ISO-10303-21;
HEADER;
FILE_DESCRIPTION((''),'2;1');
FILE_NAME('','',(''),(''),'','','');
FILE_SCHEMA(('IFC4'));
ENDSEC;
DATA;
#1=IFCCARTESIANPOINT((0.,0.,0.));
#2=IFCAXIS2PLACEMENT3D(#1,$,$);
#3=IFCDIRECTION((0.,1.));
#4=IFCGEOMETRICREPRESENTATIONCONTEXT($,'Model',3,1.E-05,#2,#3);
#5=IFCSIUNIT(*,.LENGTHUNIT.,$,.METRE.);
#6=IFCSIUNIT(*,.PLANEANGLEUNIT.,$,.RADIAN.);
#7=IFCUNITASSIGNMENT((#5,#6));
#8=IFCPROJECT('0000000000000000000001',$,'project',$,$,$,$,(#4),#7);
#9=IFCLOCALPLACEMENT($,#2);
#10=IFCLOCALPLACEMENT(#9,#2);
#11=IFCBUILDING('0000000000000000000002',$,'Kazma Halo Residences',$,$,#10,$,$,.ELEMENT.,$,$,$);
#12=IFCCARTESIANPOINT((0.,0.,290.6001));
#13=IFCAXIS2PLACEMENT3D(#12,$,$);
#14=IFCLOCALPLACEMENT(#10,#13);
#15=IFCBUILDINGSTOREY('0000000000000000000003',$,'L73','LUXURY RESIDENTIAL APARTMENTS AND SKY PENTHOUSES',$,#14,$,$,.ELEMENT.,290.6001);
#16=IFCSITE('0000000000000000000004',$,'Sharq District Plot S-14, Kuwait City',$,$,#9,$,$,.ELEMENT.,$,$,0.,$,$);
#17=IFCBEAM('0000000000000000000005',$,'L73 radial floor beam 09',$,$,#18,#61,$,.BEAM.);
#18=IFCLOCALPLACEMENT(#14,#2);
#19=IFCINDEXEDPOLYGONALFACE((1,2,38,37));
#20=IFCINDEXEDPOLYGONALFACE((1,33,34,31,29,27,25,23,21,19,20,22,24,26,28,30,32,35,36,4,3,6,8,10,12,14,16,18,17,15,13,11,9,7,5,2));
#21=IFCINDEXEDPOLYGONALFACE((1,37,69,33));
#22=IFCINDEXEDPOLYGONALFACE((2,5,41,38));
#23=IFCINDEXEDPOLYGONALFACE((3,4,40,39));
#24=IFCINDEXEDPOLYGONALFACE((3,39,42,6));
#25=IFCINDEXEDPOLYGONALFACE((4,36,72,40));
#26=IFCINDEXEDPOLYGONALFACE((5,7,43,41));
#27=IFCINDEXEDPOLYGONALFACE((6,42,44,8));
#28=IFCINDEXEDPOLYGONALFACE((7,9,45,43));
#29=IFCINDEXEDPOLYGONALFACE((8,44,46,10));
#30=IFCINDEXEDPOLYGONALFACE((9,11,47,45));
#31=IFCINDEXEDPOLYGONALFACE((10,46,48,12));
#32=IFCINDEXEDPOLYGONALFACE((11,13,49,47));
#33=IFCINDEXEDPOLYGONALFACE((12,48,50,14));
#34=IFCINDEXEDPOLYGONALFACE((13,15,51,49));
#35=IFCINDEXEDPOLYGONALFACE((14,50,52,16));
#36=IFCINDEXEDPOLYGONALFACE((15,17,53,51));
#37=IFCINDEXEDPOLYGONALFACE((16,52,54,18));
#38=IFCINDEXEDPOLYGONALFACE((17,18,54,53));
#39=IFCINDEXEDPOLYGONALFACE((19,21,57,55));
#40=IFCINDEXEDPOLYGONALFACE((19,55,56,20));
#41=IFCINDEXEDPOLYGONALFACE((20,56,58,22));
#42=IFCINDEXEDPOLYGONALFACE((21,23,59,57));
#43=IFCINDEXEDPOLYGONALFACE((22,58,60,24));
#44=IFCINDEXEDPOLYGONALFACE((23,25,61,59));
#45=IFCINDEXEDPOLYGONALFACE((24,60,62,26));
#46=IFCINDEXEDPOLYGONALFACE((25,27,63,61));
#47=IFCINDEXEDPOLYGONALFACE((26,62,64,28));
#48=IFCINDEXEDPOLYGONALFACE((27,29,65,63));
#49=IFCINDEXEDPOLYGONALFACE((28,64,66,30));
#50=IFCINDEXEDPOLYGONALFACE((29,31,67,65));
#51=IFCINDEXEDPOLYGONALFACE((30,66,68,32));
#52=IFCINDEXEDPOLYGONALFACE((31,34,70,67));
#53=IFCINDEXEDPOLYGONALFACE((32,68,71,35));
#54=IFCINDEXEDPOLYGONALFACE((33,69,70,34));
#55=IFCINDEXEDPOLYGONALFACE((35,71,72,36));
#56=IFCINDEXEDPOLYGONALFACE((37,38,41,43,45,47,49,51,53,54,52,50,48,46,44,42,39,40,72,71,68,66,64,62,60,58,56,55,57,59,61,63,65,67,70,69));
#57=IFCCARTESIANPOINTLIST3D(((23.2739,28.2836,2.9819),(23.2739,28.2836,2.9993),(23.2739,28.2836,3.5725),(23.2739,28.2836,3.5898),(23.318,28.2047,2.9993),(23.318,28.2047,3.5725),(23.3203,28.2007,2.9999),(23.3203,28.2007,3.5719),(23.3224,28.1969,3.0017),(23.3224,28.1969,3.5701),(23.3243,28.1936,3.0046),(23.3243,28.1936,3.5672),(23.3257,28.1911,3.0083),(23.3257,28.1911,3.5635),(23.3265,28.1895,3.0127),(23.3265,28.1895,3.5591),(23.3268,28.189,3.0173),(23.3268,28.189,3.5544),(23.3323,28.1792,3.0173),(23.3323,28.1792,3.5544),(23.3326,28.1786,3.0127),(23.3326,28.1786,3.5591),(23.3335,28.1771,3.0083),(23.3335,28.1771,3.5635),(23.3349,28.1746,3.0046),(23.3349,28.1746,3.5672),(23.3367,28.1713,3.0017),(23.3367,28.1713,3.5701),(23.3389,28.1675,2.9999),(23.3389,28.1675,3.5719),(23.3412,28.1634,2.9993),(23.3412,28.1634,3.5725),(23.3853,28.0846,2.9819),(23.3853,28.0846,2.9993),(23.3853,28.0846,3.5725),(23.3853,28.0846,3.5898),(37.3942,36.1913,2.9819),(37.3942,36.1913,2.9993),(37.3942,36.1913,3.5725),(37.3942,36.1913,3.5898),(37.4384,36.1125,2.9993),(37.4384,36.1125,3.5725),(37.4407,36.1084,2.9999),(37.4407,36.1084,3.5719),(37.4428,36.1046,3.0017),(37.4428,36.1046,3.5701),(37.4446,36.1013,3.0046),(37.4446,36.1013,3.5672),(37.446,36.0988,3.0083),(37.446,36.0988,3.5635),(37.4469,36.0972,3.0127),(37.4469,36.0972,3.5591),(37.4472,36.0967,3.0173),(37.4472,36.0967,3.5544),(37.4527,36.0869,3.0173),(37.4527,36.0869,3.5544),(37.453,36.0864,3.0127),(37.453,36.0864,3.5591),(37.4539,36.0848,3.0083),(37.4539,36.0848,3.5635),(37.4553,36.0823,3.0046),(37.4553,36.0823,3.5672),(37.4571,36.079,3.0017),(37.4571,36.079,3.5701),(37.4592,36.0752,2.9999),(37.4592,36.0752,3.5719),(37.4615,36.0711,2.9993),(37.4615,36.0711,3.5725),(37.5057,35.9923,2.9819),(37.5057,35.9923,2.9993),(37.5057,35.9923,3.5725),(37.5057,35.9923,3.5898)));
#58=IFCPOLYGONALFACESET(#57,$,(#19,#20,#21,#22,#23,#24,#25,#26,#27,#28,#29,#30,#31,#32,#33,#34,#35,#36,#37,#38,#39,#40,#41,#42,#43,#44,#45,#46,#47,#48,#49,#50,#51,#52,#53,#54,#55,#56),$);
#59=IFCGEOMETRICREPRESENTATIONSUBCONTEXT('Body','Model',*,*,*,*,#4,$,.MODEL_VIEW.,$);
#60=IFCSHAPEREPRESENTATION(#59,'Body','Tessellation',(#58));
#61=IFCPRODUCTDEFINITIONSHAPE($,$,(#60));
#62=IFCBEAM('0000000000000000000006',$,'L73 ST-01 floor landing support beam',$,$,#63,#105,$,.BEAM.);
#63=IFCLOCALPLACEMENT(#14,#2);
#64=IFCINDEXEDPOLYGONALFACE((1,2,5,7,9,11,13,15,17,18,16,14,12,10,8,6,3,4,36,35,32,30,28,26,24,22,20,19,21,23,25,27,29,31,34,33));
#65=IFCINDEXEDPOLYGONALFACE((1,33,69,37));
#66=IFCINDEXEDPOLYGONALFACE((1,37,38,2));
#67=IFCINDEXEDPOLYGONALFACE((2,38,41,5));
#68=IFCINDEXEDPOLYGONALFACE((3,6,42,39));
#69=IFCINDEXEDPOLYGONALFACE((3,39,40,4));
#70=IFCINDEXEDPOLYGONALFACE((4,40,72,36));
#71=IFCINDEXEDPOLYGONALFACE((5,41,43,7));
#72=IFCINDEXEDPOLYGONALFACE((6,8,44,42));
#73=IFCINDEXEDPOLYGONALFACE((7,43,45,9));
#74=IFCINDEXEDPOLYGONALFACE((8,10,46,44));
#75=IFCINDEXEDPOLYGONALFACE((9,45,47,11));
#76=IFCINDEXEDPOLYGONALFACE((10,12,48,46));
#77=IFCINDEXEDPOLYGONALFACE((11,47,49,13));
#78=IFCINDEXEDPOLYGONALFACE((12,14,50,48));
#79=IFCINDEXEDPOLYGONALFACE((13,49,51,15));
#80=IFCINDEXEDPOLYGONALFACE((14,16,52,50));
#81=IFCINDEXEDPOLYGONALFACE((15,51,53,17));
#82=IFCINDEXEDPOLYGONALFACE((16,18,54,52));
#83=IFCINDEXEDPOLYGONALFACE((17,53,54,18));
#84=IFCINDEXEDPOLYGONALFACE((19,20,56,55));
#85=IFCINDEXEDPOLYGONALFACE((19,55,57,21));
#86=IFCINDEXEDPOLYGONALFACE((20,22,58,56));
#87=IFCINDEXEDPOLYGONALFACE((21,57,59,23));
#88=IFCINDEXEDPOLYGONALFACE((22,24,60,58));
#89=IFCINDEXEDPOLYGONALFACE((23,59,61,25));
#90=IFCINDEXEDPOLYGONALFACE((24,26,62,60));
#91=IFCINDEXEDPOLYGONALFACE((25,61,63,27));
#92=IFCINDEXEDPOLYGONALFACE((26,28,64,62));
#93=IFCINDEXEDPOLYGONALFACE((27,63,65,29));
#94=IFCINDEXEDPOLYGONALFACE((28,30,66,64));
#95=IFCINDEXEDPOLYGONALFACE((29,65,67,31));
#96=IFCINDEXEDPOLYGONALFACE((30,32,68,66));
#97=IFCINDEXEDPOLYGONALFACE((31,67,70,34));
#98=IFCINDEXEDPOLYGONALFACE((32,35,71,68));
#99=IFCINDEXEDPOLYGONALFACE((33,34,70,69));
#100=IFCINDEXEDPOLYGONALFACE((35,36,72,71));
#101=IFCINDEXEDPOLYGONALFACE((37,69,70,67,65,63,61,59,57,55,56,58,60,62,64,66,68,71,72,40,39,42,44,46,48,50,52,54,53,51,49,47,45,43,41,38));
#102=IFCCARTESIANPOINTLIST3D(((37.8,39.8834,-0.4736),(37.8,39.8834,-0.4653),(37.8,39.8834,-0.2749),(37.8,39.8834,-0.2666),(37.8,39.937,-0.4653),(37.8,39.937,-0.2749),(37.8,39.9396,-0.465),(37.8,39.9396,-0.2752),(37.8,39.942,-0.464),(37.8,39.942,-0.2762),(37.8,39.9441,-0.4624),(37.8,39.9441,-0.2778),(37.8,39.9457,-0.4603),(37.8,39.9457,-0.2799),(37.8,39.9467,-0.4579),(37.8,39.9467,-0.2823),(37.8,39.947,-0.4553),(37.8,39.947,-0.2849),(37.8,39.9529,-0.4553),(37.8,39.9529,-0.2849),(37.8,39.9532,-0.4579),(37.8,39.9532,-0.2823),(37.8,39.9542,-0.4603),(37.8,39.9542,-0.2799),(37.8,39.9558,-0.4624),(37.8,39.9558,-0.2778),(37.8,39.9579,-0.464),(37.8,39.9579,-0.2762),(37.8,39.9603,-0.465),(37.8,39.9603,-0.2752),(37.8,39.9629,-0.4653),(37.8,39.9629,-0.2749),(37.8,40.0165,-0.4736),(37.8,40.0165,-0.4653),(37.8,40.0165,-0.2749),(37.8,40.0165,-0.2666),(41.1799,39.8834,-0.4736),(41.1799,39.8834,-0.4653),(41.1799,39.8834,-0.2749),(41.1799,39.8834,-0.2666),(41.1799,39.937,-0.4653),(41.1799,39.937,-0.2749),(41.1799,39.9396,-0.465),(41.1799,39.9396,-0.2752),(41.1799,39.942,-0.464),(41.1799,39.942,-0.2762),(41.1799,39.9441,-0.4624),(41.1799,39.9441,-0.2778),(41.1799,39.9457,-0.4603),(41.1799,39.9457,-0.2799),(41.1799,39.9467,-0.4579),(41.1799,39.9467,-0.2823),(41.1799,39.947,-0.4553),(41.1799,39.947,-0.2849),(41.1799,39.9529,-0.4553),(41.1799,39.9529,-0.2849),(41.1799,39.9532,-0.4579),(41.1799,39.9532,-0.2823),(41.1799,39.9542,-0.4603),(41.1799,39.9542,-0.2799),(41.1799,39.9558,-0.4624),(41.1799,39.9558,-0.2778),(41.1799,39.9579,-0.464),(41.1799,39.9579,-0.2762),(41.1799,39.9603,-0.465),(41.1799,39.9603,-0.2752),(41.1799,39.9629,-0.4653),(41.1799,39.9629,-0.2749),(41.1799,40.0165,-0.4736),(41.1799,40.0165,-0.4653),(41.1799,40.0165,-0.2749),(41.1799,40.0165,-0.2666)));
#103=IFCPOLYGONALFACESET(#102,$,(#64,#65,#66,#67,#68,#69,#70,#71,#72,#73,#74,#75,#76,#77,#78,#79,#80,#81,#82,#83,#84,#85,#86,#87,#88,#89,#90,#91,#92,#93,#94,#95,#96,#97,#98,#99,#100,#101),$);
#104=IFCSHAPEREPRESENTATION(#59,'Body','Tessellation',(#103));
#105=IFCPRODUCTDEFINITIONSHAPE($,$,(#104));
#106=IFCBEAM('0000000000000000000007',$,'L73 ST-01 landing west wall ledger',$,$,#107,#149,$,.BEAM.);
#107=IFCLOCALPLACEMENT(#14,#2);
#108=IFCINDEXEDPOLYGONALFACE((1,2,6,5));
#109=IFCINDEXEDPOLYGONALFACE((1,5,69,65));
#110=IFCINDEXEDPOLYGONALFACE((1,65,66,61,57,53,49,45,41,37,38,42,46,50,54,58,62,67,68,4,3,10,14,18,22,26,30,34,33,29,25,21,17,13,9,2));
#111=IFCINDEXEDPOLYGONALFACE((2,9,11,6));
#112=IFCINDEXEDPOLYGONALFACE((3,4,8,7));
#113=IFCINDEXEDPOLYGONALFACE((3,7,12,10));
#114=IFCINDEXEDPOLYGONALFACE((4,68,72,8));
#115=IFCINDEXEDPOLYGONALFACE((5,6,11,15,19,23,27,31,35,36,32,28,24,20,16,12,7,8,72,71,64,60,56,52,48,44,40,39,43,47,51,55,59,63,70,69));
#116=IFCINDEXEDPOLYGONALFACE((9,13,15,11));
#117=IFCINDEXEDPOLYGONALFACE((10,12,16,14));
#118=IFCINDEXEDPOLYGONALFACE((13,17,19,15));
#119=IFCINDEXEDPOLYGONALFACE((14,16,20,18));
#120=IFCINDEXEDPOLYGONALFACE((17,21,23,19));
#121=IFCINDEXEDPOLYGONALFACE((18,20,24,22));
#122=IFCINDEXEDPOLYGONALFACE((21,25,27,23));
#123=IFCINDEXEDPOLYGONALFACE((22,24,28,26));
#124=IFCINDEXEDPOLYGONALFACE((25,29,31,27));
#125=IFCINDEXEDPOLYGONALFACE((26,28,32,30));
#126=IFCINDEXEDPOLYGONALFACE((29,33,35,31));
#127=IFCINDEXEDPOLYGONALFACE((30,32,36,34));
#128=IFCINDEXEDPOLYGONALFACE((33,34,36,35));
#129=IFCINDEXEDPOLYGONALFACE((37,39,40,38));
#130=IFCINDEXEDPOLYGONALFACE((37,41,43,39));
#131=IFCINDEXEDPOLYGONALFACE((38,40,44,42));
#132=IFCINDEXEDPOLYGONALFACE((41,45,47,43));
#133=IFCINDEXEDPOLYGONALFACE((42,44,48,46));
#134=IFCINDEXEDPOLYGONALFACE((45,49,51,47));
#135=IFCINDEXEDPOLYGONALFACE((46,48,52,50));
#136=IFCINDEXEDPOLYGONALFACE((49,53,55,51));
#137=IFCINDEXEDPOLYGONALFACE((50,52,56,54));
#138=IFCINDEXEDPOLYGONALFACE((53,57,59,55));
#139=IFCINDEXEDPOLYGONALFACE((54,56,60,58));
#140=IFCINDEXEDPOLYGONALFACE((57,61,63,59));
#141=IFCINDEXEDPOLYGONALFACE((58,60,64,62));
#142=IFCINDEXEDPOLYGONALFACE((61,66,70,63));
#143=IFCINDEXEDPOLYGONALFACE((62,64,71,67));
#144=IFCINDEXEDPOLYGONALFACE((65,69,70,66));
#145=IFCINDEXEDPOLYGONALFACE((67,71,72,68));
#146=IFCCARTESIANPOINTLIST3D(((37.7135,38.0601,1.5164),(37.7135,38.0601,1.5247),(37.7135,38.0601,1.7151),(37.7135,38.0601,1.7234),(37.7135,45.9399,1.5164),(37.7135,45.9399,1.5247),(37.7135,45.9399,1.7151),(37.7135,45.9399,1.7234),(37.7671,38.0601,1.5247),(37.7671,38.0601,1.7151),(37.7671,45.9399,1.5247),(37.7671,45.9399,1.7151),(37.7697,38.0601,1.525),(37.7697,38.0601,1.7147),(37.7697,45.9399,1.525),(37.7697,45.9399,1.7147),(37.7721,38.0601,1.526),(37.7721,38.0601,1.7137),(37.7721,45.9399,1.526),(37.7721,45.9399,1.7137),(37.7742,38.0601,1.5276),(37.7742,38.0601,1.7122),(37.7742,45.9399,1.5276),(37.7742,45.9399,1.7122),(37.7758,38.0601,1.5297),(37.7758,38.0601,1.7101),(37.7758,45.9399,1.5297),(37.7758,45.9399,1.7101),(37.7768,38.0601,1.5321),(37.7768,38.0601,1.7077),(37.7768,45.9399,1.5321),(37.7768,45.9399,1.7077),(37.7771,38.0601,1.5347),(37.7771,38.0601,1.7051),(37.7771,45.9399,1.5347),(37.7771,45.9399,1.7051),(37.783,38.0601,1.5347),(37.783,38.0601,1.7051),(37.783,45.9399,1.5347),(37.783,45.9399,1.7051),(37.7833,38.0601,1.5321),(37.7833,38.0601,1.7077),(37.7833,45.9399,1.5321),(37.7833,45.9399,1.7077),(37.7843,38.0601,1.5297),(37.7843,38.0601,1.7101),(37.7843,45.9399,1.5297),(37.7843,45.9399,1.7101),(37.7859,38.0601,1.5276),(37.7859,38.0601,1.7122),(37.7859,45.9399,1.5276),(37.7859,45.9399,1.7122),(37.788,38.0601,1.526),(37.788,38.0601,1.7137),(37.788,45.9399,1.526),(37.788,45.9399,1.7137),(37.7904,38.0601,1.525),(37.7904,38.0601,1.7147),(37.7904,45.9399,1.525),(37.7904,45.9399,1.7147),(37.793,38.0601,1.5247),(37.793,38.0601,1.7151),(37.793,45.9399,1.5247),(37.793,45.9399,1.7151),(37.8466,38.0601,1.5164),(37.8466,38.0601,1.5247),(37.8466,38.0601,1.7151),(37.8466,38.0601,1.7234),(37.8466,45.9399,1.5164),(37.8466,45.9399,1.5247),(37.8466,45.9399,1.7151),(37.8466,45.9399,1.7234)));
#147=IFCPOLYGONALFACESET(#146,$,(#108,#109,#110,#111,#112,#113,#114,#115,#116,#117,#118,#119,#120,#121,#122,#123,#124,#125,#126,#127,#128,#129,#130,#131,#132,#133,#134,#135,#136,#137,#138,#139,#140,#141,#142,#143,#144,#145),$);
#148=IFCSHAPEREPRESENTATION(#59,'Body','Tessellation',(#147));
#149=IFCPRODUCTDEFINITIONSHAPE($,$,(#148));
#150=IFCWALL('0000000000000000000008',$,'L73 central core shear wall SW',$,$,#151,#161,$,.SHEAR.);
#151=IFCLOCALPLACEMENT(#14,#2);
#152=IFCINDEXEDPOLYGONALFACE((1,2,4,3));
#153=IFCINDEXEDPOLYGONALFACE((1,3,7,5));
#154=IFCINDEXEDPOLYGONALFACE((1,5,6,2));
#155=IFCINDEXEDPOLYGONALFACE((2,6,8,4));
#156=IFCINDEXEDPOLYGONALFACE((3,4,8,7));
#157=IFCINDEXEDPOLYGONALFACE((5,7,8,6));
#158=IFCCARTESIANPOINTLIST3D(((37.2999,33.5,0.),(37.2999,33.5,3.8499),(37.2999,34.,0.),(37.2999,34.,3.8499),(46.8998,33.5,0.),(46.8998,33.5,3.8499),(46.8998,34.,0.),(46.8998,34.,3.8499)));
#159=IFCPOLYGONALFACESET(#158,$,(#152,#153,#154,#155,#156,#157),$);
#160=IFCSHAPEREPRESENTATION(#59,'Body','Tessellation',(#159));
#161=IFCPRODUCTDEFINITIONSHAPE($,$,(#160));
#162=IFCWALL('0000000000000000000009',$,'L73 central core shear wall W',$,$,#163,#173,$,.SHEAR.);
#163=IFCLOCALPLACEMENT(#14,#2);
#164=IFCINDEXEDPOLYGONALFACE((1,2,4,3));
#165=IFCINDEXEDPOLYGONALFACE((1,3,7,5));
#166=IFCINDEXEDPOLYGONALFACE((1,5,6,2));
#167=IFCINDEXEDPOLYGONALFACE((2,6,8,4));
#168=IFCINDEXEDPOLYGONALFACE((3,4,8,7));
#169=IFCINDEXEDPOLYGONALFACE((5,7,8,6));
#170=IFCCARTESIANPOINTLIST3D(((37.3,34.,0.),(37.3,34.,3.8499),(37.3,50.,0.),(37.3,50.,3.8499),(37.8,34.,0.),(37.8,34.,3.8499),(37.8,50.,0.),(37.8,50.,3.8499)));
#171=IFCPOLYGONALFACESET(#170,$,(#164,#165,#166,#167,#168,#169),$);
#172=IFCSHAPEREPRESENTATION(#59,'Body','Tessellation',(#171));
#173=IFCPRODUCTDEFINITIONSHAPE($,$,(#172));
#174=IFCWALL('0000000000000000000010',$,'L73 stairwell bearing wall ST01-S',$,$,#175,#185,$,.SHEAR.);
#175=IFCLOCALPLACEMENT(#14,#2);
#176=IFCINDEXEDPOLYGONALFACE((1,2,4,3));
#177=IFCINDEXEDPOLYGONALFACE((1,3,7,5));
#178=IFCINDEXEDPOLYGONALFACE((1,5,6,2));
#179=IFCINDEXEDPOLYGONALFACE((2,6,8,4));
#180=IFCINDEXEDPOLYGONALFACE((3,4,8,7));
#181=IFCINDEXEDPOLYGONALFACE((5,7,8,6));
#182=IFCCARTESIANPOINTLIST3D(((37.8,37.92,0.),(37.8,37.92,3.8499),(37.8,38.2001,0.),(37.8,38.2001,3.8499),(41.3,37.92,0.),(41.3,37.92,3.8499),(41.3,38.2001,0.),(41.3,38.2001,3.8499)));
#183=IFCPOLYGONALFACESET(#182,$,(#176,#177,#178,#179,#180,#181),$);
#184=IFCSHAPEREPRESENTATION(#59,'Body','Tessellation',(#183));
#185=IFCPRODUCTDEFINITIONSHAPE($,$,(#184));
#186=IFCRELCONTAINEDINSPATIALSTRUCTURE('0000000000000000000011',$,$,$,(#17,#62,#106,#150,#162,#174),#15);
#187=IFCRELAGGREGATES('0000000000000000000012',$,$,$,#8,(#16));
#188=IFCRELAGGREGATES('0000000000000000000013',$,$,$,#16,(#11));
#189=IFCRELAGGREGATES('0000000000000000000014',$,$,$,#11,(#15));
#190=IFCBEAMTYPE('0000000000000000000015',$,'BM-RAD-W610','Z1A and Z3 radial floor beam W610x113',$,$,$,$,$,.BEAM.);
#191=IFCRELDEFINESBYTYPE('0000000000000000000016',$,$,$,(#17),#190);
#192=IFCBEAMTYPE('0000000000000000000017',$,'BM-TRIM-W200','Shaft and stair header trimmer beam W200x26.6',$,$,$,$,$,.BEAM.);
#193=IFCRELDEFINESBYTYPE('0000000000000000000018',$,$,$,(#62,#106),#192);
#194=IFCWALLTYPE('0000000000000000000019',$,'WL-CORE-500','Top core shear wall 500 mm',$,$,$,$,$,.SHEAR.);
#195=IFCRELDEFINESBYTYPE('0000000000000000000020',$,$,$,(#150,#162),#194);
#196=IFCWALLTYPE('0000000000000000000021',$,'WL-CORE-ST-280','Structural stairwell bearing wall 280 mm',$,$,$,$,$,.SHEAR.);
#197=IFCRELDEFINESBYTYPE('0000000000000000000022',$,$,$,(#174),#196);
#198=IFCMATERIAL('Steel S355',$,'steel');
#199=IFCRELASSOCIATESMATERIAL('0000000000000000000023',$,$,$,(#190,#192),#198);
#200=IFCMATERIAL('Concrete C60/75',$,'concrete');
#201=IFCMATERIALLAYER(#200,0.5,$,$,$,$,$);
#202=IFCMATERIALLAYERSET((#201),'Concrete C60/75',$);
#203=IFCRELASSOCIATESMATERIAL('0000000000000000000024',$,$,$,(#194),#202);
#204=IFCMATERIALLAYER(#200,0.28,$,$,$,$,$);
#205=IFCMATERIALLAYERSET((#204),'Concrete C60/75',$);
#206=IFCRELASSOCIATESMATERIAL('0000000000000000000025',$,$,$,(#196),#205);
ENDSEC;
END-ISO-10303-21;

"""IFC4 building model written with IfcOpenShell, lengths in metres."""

from ifc_helpers import new_model, si_unit, direction, frame, frame_2d, origin, origin_2d, place, context, subcontext, project, spatial, rectangle, i_section, extrude, material, layer, layer_set, material_profile, profile_set, type_object, element, save


model = new_model("IFC4")

# Units and contexts
model_context = context("Model", 3, precision=1e-05, world=origin(), true_north=direction((0.0, 1.0)))
body_context = subcontext(model_context, "Body", "Model", "MODEL_VIEW")
ifc_project = project(units=[si_unit("LENGTHUNIT", "METRE"), si_unit("PLANEANGLEUNIT", "RADIAN")], contexts=[model_context])

# Site, building, storey
site_placement = place(None, origin())
site = spatial("IfcSite", under=ifc_project, at=site_placement, Name="Sharq District Plot S-14, Kuwait City", CompositionType="ELEMENT", RefElevation=0.0)
building_placement = place(site_placement, origin())
building = spatial("IfcBuilding", under=site, at=building_placement, Name="Kazma Halo Residences", CompositionType="ELEMENT")
storey_placement = place(building_placement, frame((0.0, 0.0, 290.6001)))
storey = spatial("IfcBuildingStorey", under=building, at=storey_placement, Name="L73", Description="LUXURY RESIDENTIAL APARTMENTS AND SKY PENTHOUSES", CompositionType="ELEMENT", Elevation=290.6001)

# Beams
ifc_material_1 = material(Name="Steel S355", Category="steel")
ifc_material_profile_1 = material_profile(ifc_material_1, i_section(OverallWidth=0.228, OverallDepth=0.6079, WebThickness=0.0112, FlangeThickness=0.0173, FilletRadius=0.0181, at=origin_2d()), Name="W610x113")
ifc_profile_set_1 = profile_set([ifc_material_profile_1], Name="Steel S355")
beam_type_1 = type_object("IfcBeamType", Name="BM-RAD-W610", Description="Z1A and Z3 radial floor beam W610x113", PredefinedType="BEAM", material=ifc_profile_set_1)
beam_1_placement = place(storey_placement, frame((37.45, 36.0918, 3.2859), z_axis=(-0.872498, -0.488618, 0.0), x_axis=(0.488618, -0.872498, 0.0)))
element("IfcBeam", 1, at=beam_1_placement, inside=storey, type_object=beam_type_1, Name="L73 radial floor beam 09", PredefinedType="BEAM", context=body_context, shape_type="SweptSolid", body=[
    extrude(i_section(OverallWidth=0.228, OverallDepth=0.6079, WebThickness=0.0112, FlangeThickness=0.0173, FilletRadius=0.0181, at=origin_2d()), origin(), (0.0, 0.0, 1.0), 16.1838),
])
ifc_material_profile_2 = material_profile(ifc_material_1, i_section(OverallWidth=0.1331, OverallDepth=0.207, WebThickness=0.0059, FlangeThickness=0.0083, FilletRadius=0.01, at=origin_2d()), Name="W200x26.6")
ifc_profile_set_2 = profile_set([ifc_material_profile_2], Name="Steel S355")
beam_type_2 = type_object("IfcBeamType", Name="BM-TRIM-W200", Description="Shaft and stair header trimmer beam W200x26.6", PredefinedType="BEAM", material=ifc_profile_set_2)
beam_2_placement = place(storey_placement, frame((37.8, 39.95, -0.3701), z_axis=(1.0, 0.0, 0.0), x_axis=(0.0, 1.0, 0.0)))
element("IfcBeam", 2, at=beam_2_placement, inside=storey, type_object=beam_type_2, Name="L73 ST-01 floor landing support beam", PredefinedType="BEAM", context=body_context, shape_type="SweptSolid", body=[
    extrude(i_section(OverallWidth=0.1331, OverallDepth=0.207, WebThickness=0.0059, FlangeThickness=0.0083, FilletRadius=0.01, at=origin_2d()), origin(), (0.0, 0.0, 1.0), 3.3799),
])
beam_3_placement = place(storey_placement, frame((37.78, 38.0601, 1.6199), z_axis=(0.0, 1.0, 0.0), x_axis=(-1.0, 0.0, 0.0)))
element("IfcBeam", 3, at=beam_3_placement, inside=storey, type_object=beam_type_2, Name="L73 ST-01 landing west wall ledger", PredefinedType="BEAM", context=body_context, shape_type="SweptSolid", body=[
    extrude(i_section(OverallWidth=0.1331, OverallDepth=0.207, WebThickness=0.0059, FlangeThickness=0.0083, FilletRadius=0.01, at=origin_2d()), origin(), (0.0, 0.0, 1.0), 7.8799),
])

# Walls
ifc_material_2 = material(Name="Concrete C60/75", Category="concrete")
ifc_layer_1 = layer(ifc_material_2, 0.5)
ifc_layer_set_1 = layer_set([ifc_layer_1], Name="Concrete C60/75")
wall_type_1 = type_object("IfcWallType", Name="WL-CORE-500", Description="Top core shear wall 500 mm", PredefinedType="SHEAR", material=ifc_layer_set_1)
wall_1_placement = place(storey_placement, frame((37.3, 33.75, 0.0), z_axis=(0.0, 0.0, 1.0), x_axis=(1.0, 0.0, 0.0)))
element("IfcWall", 4, at=wall_1_placement, inside=storey, type_object=wall_type_1, Name="L73 central core shear wall SW", PredefinedType="SHEAR", context=body_context, shape_type="SweptSolid", body=[
    extrude(rectangle(XDim=9.5999, YDim=0.5, at=frame_2d((4.7998, 0.0))), origin(), (0.0, 0.0, 1.0), 3.8499),
])
wall_2_placement = place(storey_placement, frame((37.55, 34.0, 0.0), z_axis=(0.0, 0.0, 1.0), x_axis=(0.0, 1.0, 0.0)))
element("IfcWall", 5, at=wall_2_placement, inside=storey, type_object=wall_type_1, Name="L73 central core shear wall W", PredefinedType="SHEAR", context=body_context, shape_type="SweptSolid", body=[
    extrude(rectangle(XDim=16.0, YDim=0.5, at=frame_2d((8.0, 0.0))), origin(), (0.0, 0.0, 1.0), 3.8499),
])
ifc_layer_2 = layer(ifc_material_2, 0.28)
ifc_layer_set_2 = layer_set([ifc_layer_2], Name="Concrete C60/75")
wall_type_2 = type_object("IfcWallType", Name="WL-CORE-ST-280", Description="Structural stairwell bearing wall 280 mm", PredefinedType="SHEAR", material=ifc_layer_set_2)
wall_3_placement = place(storey_placement, frame((37.8, 38.0601, 0.0), z_axis=(0.0, 0.0, 1.0), x_axis=(1.0, 0.0, 0.0)))
element("IfcWall", 6, at=wall_3_placement, inside=storey, type_object=wall_type_2, Name="L73 stairwell bearing wall ST01-S", PredefinedType="SHEAR", context=body_context, shape_type="SweptSolid", body=[
    extrude(rectangle(XDim=3.5, YDim=0.28, at=frame_2d((1.75, 0.0))), origin(), (0.0, 0.0, 1.0), 3.8499),
])

save(model, "model.ifc")
